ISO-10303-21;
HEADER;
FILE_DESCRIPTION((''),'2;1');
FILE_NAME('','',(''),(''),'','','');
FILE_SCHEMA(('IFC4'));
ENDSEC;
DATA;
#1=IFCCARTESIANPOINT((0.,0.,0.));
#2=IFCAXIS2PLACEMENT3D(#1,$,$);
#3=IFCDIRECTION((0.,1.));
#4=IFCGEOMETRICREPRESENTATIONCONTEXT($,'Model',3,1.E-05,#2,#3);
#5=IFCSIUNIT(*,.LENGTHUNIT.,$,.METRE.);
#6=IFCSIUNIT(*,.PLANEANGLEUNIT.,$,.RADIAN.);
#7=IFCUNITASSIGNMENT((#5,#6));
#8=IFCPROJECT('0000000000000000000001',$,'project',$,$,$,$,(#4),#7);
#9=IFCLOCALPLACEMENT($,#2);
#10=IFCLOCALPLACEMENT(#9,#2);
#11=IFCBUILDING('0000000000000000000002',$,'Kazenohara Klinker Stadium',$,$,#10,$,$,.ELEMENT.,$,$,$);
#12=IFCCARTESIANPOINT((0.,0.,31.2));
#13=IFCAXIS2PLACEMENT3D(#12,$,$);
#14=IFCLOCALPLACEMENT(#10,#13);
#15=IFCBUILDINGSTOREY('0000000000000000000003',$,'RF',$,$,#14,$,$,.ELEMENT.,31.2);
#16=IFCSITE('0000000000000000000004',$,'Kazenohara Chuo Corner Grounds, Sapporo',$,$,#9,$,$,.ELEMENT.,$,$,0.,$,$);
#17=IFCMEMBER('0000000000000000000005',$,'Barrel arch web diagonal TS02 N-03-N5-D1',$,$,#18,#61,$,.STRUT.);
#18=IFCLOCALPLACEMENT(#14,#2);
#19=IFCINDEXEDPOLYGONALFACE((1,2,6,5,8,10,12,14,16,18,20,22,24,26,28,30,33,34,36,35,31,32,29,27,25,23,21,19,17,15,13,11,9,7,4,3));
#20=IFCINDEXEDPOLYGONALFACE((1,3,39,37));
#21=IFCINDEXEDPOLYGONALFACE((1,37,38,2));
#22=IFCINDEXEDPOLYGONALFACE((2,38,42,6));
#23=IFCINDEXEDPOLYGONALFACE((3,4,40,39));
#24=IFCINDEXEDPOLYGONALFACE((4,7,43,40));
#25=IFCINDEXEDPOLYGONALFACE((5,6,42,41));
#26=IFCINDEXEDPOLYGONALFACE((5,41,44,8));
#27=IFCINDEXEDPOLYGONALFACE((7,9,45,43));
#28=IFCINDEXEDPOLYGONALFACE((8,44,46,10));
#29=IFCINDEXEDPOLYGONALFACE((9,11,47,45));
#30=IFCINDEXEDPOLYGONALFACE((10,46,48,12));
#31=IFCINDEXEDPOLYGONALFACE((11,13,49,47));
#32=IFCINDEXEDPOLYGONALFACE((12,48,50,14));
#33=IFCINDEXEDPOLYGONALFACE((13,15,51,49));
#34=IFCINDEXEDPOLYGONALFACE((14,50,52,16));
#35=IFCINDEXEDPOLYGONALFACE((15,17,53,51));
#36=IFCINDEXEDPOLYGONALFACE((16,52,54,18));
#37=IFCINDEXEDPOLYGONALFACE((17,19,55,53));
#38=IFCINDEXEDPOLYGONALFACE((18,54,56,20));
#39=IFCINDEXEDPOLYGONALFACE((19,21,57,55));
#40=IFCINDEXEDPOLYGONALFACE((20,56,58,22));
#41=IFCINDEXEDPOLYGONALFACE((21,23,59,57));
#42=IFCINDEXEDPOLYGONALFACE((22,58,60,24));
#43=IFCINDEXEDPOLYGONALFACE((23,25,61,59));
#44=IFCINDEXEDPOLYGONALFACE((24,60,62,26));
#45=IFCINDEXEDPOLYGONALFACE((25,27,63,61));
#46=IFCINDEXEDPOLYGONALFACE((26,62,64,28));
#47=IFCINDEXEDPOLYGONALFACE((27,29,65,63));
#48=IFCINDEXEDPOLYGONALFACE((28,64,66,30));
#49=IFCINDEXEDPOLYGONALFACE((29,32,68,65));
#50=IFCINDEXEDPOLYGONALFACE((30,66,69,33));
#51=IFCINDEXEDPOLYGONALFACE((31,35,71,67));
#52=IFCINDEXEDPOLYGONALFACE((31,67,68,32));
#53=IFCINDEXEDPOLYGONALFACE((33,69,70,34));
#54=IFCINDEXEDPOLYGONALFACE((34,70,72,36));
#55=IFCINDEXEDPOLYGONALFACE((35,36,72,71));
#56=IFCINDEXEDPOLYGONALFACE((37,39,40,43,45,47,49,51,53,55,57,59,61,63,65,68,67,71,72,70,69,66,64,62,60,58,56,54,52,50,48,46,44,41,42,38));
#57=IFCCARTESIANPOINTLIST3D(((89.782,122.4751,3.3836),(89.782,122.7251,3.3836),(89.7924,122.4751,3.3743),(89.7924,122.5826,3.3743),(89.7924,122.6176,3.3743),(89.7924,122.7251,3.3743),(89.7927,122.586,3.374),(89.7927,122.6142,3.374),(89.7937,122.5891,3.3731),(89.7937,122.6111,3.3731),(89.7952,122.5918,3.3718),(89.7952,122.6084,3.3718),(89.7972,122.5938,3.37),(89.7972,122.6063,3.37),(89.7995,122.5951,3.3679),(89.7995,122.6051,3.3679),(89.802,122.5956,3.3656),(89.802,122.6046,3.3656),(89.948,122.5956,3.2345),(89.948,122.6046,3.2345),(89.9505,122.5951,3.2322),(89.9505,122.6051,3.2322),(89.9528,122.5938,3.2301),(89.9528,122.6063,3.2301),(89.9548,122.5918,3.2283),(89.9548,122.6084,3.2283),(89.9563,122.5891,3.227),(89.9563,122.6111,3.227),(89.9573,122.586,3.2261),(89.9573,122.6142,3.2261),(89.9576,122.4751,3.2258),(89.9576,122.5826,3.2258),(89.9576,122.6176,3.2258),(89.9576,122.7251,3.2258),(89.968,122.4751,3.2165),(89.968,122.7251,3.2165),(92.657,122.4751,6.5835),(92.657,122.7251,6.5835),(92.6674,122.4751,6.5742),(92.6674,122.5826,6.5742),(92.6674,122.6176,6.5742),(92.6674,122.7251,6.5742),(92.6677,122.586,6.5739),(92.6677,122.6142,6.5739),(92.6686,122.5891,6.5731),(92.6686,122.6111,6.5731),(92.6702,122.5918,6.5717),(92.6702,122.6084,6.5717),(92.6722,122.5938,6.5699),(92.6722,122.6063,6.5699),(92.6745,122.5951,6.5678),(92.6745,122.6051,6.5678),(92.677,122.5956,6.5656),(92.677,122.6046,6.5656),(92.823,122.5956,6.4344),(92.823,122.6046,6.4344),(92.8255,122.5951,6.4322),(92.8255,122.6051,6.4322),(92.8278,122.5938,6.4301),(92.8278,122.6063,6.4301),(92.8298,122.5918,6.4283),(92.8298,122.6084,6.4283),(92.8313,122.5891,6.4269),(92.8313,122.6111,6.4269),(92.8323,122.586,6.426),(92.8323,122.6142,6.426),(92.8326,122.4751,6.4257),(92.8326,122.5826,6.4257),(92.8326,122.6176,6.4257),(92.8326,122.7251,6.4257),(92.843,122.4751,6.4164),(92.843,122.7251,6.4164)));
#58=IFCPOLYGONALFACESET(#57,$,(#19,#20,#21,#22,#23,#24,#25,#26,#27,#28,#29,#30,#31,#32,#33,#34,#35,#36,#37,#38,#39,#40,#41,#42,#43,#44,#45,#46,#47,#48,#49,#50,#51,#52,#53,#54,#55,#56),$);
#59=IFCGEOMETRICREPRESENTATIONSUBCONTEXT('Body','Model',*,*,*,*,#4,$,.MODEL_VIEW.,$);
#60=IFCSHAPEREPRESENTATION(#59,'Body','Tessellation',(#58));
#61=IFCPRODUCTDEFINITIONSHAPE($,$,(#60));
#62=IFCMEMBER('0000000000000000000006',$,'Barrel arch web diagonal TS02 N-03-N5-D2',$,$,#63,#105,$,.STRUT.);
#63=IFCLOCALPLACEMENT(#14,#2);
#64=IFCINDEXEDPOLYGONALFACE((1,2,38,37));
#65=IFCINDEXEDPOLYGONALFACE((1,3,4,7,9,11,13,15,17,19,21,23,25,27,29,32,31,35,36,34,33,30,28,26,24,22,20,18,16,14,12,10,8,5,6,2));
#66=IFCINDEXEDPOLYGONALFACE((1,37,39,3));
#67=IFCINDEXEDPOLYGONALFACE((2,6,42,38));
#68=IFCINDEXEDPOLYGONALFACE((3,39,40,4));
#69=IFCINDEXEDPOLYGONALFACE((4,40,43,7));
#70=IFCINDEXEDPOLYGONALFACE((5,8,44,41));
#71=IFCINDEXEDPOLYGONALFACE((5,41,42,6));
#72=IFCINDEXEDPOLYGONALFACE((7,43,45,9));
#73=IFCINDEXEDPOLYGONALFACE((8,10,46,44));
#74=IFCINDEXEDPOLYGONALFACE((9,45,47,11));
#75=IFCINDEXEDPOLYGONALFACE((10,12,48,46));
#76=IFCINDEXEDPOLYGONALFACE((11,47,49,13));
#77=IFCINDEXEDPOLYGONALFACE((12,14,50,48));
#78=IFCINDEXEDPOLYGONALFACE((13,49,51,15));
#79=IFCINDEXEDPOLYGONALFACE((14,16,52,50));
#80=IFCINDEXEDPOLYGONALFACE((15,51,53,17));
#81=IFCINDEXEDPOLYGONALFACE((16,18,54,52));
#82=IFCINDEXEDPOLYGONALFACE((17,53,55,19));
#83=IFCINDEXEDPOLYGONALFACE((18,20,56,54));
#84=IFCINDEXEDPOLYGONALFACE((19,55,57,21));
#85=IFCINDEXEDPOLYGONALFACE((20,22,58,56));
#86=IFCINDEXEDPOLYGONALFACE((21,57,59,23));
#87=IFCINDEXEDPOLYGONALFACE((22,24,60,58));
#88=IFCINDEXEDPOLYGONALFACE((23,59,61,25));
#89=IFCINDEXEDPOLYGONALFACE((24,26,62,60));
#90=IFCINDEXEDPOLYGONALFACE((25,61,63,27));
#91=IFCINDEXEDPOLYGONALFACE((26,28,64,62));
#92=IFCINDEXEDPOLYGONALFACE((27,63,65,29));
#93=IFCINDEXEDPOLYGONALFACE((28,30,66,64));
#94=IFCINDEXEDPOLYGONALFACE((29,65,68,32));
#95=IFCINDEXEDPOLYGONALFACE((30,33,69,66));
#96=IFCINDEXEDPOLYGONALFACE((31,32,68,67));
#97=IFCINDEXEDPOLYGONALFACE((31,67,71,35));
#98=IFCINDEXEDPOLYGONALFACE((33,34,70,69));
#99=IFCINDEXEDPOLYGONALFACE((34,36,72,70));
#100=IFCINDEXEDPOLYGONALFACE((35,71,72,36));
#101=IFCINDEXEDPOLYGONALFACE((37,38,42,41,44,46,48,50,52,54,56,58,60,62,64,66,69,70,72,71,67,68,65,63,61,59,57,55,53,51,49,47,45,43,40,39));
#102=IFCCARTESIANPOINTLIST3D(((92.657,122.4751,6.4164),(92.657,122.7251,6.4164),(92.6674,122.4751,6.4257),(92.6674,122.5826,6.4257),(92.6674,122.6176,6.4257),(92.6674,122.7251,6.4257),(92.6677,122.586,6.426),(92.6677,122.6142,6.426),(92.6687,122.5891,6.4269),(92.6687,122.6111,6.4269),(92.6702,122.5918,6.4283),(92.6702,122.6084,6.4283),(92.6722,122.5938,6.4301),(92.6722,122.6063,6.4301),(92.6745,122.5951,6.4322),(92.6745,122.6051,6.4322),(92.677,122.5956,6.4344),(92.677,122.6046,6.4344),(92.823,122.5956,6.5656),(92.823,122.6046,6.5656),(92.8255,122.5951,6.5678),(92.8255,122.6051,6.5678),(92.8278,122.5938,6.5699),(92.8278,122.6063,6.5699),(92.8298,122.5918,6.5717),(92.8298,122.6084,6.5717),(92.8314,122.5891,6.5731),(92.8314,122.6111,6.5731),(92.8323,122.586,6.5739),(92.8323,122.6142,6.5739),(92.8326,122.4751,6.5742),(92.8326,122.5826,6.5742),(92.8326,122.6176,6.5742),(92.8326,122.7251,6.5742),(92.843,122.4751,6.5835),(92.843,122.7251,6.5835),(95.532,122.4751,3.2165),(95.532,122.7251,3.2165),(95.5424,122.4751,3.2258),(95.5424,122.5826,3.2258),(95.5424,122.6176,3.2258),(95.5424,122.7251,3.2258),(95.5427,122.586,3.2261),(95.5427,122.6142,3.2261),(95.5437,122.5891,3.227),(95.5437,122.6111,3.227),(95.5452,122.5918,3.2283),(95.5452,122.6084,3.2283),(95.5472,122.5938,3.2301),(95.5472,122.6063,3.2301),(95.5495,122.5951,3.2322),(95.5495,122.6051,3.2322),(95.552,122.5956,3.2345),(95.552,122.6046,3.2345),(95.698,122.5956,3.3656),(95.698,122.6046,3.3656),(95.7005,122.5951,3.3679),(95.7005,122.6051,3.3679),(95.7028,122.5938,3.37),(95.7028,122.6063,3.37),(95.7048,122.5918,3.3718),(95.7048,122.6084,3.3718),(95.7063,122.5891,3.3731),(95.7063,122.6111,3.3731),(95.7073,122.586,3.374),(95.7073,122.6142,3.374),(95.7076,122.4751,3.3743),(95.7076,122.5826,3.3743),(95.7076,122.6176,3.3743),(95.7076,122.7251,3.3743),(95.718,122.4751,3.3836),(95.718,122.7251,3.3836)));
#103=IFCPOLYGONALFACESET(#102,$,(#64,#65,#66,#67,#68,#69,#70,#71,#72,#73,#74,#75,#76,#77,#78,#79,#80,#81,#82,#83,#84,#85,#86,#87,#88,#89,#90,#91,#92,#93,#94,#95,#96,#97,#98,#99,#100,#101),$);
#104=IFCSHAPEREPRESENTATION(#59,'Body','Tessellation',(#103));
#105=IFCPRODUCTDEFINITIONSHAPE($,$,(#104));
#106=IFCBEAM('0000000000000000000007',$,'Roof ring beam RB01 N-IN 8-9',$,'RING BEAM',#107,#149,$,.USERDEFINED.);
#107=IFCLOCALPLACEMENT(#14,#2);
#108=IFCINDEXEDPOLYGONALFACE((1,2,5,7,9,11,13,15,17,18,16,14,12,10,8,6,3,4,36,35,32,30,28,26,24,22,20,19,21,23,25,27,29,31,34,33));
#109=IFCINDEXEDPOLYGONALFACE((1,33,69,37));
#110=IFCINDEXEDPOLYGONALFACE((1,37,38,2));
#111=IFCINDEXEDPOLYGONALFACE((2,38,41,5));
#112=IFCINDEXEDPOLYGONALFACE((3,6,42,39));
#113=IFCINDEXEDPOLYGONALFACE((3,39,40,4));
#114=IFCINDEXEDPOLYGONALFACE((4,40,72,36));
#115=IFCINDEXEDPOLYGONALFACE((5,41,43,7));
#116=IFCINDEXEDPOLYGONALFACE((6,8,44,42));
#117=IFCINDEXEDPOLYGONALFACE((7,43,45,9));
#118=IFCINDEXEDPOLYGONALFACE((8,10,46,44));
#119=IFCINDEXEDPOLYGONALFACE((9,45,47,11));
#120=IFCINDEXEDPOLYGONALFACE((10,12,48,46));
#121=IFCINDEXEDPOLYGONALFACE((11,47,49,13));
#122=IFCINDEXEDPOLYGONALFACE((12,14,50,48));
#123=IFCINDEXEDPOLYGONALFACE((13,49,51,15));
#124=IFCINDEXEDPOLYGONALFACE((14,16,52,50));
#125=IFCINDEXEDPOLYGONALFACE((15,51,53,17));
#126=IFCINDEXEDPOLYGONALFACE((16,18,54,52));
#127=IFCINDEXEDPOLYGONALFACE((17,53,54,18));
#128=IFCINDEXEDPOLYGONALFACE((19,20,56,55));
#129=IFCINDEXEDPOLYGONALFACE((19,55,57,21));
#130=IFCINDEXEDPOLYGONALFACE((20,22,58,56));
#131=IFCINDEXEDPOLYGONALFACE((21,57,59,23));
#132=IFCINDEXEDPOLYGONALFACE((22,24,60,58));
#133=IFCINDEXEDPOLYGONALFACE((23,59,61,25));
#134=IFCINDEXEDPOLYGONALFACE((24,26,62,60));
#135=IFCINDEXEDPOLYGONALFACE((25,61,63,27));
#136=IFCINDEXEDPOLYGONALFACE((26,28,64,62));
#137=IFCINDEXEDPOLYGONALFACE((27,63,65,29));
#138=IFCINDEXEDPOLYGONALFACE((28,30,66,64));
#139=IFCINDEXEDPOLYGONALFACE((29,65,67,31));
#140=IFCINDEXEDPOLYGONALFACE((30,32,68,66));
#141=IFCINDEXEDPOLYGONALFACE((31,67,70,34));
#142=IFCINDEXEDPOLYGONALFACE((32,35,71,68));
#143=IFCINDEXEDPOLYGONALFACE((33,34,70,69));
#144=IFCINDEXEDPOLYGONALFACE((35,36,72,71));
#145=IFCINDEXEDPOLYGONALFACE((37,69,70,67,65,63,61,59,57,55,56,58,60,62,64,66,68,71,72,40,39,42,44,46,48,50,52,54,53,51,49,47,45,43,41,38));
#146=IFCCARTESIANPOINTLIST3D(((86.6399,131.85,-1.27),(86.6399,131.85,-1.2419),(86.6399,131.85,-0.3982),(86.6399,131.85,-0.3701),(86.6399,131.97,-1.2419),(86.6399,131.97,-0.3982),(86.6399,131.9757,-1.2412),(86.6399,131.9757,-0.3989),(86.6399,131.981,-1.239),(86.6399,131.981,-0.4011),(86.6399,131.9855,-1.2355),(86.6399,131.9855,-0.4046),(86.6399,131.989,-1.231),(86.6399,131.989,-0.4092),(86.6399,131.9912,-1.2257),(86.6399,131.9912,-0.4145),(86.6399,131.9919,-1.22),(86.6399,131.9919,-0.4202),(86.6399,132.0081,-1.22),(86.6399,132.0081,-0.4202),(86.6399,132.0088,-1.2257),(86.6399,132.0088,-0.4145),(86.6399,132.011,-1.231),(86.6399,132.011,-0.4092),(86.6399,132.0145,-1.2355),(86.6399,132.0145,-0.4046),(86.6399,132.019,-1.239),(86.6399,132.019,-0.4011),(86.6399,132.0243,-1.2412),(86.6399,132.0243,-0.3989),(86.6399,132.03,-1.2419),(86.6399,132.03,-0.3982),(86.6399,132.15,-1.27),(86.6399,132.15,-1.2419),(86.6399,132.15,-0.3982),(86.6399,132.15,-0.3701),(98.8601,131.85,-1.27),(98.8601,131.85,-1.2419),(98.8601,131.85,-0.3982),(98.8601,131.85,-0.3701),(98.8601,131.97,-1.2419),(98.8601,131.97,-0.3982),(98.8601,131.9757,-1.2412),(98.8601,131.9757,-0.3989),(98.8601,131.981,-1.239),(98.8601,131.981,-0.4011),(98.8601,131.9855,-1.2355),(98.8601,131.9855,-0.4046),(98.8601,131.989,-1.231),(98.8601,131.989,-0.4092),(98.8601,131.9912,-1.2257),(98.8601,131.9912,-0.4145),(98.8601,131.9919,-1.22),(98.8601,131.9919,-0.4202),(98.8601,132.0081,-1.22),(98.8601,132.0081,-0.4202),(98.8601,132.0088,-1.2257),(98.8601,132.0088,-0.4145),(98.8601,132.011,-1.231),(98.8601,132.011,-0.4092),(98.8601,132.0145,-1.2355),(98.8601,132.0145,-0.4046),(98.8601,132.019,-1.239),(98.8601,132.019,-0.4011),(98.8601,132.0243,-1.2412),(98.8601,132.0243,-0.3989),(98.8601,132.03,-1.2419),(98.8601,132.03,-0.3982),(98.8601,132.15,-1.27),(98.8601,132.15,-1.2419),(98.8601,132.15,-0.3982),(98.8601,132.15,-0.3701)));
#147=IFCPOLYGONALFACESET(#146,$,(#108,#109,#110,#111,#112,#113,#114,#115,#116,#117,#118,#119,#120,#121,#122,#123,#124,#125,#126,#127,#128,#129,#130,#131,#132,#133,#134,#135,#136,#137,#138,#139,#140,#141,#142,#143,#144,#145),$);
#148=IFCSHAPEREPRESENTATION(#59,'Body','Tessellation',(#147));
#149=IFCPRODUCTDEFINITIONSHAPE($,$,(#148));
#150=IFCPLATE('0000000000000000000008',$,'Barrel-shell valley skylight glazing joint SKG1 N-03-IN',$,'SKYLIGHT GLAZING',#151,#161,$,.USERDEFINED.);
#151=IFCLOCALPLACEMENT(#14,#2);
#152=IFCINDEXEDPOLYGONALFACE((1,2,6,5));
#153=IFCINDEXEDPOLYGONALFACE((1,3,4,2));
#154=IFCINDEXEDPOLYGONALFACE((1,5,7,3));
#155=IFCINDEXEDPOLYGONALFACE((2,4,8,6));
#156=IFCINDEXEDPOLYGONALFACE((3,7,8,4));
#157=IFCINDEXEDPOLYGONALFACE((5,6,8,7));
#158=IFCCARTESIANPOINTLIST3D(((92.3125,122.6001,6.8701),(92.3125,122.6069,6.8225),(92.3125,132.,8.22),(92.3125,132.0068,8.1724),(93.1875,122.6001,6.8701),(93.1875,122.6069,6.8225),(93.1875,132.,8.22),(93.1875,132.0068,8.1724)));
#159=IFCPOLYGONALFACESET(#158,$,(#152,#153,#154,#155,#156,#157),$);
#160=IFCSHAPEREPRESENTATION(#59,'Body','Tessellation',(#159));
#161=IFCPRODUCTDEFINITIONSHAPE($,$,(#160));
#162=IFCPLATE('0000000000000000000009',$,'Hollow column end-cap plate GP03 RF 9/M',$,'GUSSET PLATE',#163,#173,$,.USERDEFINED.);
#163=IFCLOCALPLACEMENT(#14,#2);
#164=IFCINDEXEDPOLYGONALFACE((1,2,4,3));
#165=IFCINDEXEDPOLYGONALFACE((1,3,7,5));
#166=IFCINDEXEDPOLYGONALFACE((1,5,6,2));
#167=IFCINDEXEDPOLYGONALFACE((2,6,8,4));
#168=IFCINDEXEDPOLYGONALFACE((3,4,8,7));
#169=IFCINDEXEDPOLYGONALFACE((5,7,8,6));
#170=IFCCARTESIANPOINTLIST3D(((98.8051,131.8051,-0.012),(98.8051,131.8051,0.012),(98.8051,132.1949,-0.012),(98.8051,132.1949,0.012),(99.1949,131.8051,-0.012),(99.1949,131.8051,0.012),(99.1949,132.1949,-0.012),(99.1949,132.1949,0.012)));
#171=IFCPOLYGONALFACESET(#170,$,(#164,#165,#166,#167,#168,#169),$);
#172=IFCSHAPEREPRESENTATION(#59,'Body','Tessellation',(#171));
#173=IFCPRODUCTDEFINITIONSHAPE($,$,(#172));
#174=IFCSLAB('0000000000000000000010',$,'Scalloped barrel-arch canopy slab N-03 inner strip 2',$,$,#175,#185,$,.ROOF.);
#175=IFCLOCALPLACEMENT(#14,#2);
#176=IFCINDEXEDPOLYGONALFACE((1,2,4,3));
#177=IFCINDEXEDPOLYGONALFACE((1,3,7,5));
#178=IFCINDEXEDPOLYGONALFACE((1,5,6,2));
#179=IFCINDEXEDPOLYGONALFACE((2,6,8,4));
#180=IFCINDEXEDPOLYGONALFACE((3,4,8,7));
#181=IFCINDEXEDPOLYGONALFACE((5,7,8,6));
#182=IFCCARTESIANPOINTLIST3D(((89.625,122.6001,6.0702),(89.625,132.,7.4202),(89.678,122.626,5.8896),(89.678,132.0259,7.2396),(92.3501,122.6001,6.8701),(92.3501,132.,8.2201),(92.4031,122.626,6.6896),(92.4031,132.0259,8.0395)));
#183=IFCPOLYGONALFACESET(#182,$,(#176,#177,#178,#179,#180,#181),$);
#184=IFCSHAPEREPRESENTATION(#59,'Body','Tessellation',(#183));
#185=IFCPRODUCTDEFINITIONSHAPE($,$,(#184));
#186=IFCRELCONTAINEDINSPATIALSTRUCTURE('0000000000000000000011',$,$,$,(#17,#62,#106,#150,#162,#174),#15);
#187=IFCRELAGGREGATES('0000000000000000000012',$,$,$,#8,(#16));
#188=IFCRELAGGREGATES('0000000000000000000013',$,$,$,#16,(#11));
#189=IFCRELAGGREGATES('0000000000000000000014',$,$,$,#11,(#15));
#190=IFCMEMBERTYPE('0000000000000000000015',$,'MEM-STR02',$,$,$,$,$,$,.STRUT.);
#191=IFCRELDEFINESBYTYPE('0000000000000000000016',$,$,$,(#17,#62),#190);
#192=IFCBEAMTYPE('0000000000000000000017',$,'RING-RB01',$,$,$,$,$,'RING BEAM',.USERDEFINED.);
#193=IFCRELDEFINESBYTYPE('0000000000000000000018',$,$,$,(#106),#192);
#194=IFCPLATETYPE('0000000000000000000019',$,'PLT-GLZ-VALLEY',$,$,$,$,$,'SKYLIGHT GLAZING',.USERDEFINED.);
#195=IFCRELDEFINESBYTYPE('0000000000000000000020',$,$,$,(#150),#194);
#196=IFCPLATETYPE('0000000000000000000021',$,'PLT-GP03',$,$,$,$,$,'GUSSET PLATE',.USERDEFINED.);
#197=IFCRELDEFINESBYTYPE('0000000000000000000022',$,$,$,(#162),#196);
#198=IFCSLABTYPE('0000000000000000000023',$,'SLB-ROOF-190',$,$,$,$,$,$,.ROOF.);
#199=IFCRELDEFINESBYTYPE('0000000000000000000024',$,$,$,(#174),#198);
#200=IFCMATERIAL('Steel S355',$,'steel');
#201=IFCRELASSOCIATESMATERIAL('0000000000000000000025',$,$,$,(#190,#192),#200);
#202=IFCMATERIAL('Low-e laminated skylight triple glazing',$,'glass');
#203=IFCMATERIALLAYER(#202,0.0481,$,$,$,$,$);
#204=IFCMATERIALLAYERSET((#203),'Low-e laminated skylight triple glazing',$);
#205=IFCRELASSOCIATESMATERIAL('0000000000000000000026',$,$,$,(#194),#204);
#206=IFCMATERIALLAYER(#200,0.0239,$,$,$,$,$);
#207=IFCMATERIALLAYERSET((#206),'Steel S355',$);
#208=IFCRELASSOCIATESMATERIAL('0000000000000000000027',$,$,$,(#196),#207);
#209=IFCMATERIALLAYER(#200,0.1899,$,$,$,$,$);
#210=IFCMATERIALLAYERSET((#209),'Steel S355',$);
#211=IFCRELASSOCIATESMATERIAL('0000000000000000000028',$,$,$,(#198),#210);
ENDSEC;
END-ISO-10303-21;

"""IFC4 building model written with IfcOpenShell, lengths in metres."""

from ifc_helpers import new_model, si_unit, direction, frame, origin, origin_2d, place, context, subcontext, project, spatial, polyline, rectangle, i_section, outline, extrude, material, layer, layer_set, material_profile, profile_set, type_object, element, save


model = new_model("IFC4")

# Units and contexts
model_context = context("Model", 3, precision=1e-05, world=origin(), true_north=direction((0.0, 1.0)))
body_context = subcontext(model_context, "Body", "Model", "MODEL_VIEW")
ifc_project = project(units=[si_unit("LENGTHUNIT", "METRE"), si_unit("PLANEANGLEUNIT", "RADIAN")], contexts=[model_context])

# Site, building, storey
site_placement = place(None, origin())
site = spatial("IfcSite", under=ifc_project, at=site_placement, Name="Kazenohara Chuo Corner Grounds, Sapporo", CompositionType="ELEMENT", RefElevation=0.0)
building_placement = place(site_placement, origin())
building = spatial("IfcBuilding", under=site, at=building_placement, Name="Kazenohara Klinker Stadium", CompositionType="ELEMENT")
storey_placement = place(building_placement, frame((0.0, 0.0, 31.2)))
storey = spatial("IfcBuildingStorey", under=building, at=storey_placement, Name="RF", CompositionType="ELEMENT", Elevation=31.2)

# Members
ifc_material_1 = material(Name="Steel S355", Category="steel")
ifc_material_profile_1 = material_profile(ifc_material_1, i_section(OverallWidth=0.25, OverallDepth=0.25, WebThickness=0.009, FlangeThickness=0.0139, FilletRadius=0.0129, at=origin_2d()), Name="H-250x250x9x14")
ifc_profile_set_1 = profile_set([ifc_material_profile_1], Name="Steel S355")
member_type_1 = type_object("IfcMemberType", Name="MEM-STR02", PredefinedType="STRUT", material=ifc_profile_set_1)
for number, where, z_axis, x_axis, name in (
    (1, (89.875, 122.6001, 3.3), (0.668328, 0.0, 0.743867), (0.0, 1.0, 0.0), "Barrel arch web diagonal TS02 N-03-N5-D1"),
    (2, (95.625, 122.6001, 3.3), (-0.668328, 0.0, 0.743867), (0.0, -1.0, 0.0), "Barrel arch web diagonal TS02 N-03-N5-D2"),
):
    element("IfcMember", number, at=place(storey_placement, frame(where, z_axis=z_axis, x_axis=x_axis)), inside=storey, type_object=member_type_1, Name=name, PredefinedType="STRUT", context=body_context, shape_type="SweptSolid", body=[
        extrude(i_section(OverallWidth=0.25, OverallDepth=0.25, WebThickness=0.009, FlangeThickness=0.0139, FilletRadius=0.0129, at=origin_2d()), origin(), (0.0, 0.0, 1.0), 4.3018),
    ])

# Beam
ifc_material_profile_2 = material_profile(ifc_material_1, i_section(OverallWidth=0.3, OverallDepth=0.8999, WebThickness=0.0161, FlangeThickness=0.0281, FilletRadius=0.022, at=origin_2d()), Name="H-900x300x16x28")
ifc_profile_set_2 = profile_set([ifc_material_profile_2], Name="Steel S355")
beam_type = type_object("IfcBeamType", Name="RING-RB01", ElementType="RING BEAM", PredefinedType="USERDEFINED", material=ifc_profile_set_2)
beam_placement = place(storey_placement, frame((86.6399, 132.0, -0.8201), z_axis=(1.0, 0.0, 0.0), x_axis=(0.0, 1.0, 0.0)))
element("IfcBeam", 3, at=beam_placement, inside=storey, type_object=beam_type, Name="Roof ring beam RB01 N-IN 8-9", ObjectType="RING BEAM", PredefinedType="USERDEFINED", context=body_context, shape_type="SweptSolid", body=[
    extrude(i_section(OverallWidth=0.3, OverallDepth=0.8999, WebThickness=0.0161, FlangeThickness=0.0281, FilletRadius=0.022, at=origin_2d()), origin(), (0.0, 0.0, 1.0), 12.2202),
])

# Plates
ifc_material_2 = material(Name="Low-e laminated skylight triple glazing", Category="glass")
ifc_layer_1 = layer(ifc_material_2, 0.0481)
ifc_layer_set_1 = layer_set([ifc_layer_1], Name="Low-e laminated skylight triple glazing")
plate_type_1 = type_object("IfcPlateType", Name="PLT-GLZ-VALLEY", ElementType="SKYLIGHT GLAZING", PredefinedType="USERDEFINED", material=ifc_layer_set_1)
plate_1_placement = place(storey_placement, frame((92.3125, 132.0, 8.22), z_axis=(0.0, -0.142145, 0.989846), x_axis=(0.0, -0.989846, -0.142145)))
element("IfcPlate", 4, at=plate_1_placement, inside=storey, type_object=plate_type_1, Name="Barrel-shell valley skylight glazing joint SKG1 N-03-IN", ObjectType="SKYLIGHT GLAZING", PredefinedType="USERDEFINED", context=body_context, shape_type="SweptSolid", body=[
    extrude(outline(polyline([(0.0, 0.0), (9.4963, 0.0), (9.4963, 0.875), (0.0, 0.875), (0.0, 0.0)])), origin(), (0.0, 0.0, -1.0), 0.0481),
])
ifc_layer_2 = layer(ifc_material_1, 0.0239)
ifc_layer_set_2 = layer_set([ifc_layer_2], Name="Steel S355")
plate_type_2 = type_object("IfcPlateType", Name="PLT-GP03", ElementType="GUSSET PLATE", PredefinedType="USERDEFINED", material=ifc_layer_set_2)
plate_2_placement = place(storey_placement, frame((99.0, 132.0, -0.012), z_axis=(0.0, 0.0, 1.0), x_axis=(1.0, 0.0, 0.0)))
element("IfcPlate", 5, at=plate_2_placement, inside=storey, type_object=plate_type_2, Name="Hollow column end-cap plate GP03 RF 9/M", ObjectType="GUSSET PLATE", PredefinedType="USERDEFINED", context=body_context, shape_type="SweptSolid", body=[
    extrude(rectangle(XDim=0.3899, YDim=0.3899, at=origin_2d()), origin(), (0.0, 0.0, 1.0), 0.0239),
])

# Slab
ifc_layer_3 = layer(ifc_material_1, 0.1899)
ifc_layer_set_3 = layer_set([ifc_layer_3], Name="Steel S355")
slab_type = type_object("IfcSlabType", Name="SLB-ROOF-190", PredefinedType="ROOF", material=ifc_layer_set_3)
slab_1_placement = place(storey_placement, frame((89.625, 132.0, 7.4202), z_axis=(-0.27902, -0.136512, 0.950533), x_axis=(-0.000003, -0.989844, -0.142158)))
element("IfcSlab", 6, at=slab_1_placement, inside=storey, type_object=slab_type, Name="Scalloped barrel-arch canopy slab N-03 inner strip 2", PredefinedType="ROOF", context=body_context, shape_type="SweptSolid", body=[
    extrude(outline(polyline([(0.0, 0.0), (9.4964, 0.0), (9.3826, 2.8378), (-0.1137, 2.8378), (0.0, 0.0)])), origin(), (0.0, 0.0, -1.0), 0.1899),
])

save(model, "model.ifc")
